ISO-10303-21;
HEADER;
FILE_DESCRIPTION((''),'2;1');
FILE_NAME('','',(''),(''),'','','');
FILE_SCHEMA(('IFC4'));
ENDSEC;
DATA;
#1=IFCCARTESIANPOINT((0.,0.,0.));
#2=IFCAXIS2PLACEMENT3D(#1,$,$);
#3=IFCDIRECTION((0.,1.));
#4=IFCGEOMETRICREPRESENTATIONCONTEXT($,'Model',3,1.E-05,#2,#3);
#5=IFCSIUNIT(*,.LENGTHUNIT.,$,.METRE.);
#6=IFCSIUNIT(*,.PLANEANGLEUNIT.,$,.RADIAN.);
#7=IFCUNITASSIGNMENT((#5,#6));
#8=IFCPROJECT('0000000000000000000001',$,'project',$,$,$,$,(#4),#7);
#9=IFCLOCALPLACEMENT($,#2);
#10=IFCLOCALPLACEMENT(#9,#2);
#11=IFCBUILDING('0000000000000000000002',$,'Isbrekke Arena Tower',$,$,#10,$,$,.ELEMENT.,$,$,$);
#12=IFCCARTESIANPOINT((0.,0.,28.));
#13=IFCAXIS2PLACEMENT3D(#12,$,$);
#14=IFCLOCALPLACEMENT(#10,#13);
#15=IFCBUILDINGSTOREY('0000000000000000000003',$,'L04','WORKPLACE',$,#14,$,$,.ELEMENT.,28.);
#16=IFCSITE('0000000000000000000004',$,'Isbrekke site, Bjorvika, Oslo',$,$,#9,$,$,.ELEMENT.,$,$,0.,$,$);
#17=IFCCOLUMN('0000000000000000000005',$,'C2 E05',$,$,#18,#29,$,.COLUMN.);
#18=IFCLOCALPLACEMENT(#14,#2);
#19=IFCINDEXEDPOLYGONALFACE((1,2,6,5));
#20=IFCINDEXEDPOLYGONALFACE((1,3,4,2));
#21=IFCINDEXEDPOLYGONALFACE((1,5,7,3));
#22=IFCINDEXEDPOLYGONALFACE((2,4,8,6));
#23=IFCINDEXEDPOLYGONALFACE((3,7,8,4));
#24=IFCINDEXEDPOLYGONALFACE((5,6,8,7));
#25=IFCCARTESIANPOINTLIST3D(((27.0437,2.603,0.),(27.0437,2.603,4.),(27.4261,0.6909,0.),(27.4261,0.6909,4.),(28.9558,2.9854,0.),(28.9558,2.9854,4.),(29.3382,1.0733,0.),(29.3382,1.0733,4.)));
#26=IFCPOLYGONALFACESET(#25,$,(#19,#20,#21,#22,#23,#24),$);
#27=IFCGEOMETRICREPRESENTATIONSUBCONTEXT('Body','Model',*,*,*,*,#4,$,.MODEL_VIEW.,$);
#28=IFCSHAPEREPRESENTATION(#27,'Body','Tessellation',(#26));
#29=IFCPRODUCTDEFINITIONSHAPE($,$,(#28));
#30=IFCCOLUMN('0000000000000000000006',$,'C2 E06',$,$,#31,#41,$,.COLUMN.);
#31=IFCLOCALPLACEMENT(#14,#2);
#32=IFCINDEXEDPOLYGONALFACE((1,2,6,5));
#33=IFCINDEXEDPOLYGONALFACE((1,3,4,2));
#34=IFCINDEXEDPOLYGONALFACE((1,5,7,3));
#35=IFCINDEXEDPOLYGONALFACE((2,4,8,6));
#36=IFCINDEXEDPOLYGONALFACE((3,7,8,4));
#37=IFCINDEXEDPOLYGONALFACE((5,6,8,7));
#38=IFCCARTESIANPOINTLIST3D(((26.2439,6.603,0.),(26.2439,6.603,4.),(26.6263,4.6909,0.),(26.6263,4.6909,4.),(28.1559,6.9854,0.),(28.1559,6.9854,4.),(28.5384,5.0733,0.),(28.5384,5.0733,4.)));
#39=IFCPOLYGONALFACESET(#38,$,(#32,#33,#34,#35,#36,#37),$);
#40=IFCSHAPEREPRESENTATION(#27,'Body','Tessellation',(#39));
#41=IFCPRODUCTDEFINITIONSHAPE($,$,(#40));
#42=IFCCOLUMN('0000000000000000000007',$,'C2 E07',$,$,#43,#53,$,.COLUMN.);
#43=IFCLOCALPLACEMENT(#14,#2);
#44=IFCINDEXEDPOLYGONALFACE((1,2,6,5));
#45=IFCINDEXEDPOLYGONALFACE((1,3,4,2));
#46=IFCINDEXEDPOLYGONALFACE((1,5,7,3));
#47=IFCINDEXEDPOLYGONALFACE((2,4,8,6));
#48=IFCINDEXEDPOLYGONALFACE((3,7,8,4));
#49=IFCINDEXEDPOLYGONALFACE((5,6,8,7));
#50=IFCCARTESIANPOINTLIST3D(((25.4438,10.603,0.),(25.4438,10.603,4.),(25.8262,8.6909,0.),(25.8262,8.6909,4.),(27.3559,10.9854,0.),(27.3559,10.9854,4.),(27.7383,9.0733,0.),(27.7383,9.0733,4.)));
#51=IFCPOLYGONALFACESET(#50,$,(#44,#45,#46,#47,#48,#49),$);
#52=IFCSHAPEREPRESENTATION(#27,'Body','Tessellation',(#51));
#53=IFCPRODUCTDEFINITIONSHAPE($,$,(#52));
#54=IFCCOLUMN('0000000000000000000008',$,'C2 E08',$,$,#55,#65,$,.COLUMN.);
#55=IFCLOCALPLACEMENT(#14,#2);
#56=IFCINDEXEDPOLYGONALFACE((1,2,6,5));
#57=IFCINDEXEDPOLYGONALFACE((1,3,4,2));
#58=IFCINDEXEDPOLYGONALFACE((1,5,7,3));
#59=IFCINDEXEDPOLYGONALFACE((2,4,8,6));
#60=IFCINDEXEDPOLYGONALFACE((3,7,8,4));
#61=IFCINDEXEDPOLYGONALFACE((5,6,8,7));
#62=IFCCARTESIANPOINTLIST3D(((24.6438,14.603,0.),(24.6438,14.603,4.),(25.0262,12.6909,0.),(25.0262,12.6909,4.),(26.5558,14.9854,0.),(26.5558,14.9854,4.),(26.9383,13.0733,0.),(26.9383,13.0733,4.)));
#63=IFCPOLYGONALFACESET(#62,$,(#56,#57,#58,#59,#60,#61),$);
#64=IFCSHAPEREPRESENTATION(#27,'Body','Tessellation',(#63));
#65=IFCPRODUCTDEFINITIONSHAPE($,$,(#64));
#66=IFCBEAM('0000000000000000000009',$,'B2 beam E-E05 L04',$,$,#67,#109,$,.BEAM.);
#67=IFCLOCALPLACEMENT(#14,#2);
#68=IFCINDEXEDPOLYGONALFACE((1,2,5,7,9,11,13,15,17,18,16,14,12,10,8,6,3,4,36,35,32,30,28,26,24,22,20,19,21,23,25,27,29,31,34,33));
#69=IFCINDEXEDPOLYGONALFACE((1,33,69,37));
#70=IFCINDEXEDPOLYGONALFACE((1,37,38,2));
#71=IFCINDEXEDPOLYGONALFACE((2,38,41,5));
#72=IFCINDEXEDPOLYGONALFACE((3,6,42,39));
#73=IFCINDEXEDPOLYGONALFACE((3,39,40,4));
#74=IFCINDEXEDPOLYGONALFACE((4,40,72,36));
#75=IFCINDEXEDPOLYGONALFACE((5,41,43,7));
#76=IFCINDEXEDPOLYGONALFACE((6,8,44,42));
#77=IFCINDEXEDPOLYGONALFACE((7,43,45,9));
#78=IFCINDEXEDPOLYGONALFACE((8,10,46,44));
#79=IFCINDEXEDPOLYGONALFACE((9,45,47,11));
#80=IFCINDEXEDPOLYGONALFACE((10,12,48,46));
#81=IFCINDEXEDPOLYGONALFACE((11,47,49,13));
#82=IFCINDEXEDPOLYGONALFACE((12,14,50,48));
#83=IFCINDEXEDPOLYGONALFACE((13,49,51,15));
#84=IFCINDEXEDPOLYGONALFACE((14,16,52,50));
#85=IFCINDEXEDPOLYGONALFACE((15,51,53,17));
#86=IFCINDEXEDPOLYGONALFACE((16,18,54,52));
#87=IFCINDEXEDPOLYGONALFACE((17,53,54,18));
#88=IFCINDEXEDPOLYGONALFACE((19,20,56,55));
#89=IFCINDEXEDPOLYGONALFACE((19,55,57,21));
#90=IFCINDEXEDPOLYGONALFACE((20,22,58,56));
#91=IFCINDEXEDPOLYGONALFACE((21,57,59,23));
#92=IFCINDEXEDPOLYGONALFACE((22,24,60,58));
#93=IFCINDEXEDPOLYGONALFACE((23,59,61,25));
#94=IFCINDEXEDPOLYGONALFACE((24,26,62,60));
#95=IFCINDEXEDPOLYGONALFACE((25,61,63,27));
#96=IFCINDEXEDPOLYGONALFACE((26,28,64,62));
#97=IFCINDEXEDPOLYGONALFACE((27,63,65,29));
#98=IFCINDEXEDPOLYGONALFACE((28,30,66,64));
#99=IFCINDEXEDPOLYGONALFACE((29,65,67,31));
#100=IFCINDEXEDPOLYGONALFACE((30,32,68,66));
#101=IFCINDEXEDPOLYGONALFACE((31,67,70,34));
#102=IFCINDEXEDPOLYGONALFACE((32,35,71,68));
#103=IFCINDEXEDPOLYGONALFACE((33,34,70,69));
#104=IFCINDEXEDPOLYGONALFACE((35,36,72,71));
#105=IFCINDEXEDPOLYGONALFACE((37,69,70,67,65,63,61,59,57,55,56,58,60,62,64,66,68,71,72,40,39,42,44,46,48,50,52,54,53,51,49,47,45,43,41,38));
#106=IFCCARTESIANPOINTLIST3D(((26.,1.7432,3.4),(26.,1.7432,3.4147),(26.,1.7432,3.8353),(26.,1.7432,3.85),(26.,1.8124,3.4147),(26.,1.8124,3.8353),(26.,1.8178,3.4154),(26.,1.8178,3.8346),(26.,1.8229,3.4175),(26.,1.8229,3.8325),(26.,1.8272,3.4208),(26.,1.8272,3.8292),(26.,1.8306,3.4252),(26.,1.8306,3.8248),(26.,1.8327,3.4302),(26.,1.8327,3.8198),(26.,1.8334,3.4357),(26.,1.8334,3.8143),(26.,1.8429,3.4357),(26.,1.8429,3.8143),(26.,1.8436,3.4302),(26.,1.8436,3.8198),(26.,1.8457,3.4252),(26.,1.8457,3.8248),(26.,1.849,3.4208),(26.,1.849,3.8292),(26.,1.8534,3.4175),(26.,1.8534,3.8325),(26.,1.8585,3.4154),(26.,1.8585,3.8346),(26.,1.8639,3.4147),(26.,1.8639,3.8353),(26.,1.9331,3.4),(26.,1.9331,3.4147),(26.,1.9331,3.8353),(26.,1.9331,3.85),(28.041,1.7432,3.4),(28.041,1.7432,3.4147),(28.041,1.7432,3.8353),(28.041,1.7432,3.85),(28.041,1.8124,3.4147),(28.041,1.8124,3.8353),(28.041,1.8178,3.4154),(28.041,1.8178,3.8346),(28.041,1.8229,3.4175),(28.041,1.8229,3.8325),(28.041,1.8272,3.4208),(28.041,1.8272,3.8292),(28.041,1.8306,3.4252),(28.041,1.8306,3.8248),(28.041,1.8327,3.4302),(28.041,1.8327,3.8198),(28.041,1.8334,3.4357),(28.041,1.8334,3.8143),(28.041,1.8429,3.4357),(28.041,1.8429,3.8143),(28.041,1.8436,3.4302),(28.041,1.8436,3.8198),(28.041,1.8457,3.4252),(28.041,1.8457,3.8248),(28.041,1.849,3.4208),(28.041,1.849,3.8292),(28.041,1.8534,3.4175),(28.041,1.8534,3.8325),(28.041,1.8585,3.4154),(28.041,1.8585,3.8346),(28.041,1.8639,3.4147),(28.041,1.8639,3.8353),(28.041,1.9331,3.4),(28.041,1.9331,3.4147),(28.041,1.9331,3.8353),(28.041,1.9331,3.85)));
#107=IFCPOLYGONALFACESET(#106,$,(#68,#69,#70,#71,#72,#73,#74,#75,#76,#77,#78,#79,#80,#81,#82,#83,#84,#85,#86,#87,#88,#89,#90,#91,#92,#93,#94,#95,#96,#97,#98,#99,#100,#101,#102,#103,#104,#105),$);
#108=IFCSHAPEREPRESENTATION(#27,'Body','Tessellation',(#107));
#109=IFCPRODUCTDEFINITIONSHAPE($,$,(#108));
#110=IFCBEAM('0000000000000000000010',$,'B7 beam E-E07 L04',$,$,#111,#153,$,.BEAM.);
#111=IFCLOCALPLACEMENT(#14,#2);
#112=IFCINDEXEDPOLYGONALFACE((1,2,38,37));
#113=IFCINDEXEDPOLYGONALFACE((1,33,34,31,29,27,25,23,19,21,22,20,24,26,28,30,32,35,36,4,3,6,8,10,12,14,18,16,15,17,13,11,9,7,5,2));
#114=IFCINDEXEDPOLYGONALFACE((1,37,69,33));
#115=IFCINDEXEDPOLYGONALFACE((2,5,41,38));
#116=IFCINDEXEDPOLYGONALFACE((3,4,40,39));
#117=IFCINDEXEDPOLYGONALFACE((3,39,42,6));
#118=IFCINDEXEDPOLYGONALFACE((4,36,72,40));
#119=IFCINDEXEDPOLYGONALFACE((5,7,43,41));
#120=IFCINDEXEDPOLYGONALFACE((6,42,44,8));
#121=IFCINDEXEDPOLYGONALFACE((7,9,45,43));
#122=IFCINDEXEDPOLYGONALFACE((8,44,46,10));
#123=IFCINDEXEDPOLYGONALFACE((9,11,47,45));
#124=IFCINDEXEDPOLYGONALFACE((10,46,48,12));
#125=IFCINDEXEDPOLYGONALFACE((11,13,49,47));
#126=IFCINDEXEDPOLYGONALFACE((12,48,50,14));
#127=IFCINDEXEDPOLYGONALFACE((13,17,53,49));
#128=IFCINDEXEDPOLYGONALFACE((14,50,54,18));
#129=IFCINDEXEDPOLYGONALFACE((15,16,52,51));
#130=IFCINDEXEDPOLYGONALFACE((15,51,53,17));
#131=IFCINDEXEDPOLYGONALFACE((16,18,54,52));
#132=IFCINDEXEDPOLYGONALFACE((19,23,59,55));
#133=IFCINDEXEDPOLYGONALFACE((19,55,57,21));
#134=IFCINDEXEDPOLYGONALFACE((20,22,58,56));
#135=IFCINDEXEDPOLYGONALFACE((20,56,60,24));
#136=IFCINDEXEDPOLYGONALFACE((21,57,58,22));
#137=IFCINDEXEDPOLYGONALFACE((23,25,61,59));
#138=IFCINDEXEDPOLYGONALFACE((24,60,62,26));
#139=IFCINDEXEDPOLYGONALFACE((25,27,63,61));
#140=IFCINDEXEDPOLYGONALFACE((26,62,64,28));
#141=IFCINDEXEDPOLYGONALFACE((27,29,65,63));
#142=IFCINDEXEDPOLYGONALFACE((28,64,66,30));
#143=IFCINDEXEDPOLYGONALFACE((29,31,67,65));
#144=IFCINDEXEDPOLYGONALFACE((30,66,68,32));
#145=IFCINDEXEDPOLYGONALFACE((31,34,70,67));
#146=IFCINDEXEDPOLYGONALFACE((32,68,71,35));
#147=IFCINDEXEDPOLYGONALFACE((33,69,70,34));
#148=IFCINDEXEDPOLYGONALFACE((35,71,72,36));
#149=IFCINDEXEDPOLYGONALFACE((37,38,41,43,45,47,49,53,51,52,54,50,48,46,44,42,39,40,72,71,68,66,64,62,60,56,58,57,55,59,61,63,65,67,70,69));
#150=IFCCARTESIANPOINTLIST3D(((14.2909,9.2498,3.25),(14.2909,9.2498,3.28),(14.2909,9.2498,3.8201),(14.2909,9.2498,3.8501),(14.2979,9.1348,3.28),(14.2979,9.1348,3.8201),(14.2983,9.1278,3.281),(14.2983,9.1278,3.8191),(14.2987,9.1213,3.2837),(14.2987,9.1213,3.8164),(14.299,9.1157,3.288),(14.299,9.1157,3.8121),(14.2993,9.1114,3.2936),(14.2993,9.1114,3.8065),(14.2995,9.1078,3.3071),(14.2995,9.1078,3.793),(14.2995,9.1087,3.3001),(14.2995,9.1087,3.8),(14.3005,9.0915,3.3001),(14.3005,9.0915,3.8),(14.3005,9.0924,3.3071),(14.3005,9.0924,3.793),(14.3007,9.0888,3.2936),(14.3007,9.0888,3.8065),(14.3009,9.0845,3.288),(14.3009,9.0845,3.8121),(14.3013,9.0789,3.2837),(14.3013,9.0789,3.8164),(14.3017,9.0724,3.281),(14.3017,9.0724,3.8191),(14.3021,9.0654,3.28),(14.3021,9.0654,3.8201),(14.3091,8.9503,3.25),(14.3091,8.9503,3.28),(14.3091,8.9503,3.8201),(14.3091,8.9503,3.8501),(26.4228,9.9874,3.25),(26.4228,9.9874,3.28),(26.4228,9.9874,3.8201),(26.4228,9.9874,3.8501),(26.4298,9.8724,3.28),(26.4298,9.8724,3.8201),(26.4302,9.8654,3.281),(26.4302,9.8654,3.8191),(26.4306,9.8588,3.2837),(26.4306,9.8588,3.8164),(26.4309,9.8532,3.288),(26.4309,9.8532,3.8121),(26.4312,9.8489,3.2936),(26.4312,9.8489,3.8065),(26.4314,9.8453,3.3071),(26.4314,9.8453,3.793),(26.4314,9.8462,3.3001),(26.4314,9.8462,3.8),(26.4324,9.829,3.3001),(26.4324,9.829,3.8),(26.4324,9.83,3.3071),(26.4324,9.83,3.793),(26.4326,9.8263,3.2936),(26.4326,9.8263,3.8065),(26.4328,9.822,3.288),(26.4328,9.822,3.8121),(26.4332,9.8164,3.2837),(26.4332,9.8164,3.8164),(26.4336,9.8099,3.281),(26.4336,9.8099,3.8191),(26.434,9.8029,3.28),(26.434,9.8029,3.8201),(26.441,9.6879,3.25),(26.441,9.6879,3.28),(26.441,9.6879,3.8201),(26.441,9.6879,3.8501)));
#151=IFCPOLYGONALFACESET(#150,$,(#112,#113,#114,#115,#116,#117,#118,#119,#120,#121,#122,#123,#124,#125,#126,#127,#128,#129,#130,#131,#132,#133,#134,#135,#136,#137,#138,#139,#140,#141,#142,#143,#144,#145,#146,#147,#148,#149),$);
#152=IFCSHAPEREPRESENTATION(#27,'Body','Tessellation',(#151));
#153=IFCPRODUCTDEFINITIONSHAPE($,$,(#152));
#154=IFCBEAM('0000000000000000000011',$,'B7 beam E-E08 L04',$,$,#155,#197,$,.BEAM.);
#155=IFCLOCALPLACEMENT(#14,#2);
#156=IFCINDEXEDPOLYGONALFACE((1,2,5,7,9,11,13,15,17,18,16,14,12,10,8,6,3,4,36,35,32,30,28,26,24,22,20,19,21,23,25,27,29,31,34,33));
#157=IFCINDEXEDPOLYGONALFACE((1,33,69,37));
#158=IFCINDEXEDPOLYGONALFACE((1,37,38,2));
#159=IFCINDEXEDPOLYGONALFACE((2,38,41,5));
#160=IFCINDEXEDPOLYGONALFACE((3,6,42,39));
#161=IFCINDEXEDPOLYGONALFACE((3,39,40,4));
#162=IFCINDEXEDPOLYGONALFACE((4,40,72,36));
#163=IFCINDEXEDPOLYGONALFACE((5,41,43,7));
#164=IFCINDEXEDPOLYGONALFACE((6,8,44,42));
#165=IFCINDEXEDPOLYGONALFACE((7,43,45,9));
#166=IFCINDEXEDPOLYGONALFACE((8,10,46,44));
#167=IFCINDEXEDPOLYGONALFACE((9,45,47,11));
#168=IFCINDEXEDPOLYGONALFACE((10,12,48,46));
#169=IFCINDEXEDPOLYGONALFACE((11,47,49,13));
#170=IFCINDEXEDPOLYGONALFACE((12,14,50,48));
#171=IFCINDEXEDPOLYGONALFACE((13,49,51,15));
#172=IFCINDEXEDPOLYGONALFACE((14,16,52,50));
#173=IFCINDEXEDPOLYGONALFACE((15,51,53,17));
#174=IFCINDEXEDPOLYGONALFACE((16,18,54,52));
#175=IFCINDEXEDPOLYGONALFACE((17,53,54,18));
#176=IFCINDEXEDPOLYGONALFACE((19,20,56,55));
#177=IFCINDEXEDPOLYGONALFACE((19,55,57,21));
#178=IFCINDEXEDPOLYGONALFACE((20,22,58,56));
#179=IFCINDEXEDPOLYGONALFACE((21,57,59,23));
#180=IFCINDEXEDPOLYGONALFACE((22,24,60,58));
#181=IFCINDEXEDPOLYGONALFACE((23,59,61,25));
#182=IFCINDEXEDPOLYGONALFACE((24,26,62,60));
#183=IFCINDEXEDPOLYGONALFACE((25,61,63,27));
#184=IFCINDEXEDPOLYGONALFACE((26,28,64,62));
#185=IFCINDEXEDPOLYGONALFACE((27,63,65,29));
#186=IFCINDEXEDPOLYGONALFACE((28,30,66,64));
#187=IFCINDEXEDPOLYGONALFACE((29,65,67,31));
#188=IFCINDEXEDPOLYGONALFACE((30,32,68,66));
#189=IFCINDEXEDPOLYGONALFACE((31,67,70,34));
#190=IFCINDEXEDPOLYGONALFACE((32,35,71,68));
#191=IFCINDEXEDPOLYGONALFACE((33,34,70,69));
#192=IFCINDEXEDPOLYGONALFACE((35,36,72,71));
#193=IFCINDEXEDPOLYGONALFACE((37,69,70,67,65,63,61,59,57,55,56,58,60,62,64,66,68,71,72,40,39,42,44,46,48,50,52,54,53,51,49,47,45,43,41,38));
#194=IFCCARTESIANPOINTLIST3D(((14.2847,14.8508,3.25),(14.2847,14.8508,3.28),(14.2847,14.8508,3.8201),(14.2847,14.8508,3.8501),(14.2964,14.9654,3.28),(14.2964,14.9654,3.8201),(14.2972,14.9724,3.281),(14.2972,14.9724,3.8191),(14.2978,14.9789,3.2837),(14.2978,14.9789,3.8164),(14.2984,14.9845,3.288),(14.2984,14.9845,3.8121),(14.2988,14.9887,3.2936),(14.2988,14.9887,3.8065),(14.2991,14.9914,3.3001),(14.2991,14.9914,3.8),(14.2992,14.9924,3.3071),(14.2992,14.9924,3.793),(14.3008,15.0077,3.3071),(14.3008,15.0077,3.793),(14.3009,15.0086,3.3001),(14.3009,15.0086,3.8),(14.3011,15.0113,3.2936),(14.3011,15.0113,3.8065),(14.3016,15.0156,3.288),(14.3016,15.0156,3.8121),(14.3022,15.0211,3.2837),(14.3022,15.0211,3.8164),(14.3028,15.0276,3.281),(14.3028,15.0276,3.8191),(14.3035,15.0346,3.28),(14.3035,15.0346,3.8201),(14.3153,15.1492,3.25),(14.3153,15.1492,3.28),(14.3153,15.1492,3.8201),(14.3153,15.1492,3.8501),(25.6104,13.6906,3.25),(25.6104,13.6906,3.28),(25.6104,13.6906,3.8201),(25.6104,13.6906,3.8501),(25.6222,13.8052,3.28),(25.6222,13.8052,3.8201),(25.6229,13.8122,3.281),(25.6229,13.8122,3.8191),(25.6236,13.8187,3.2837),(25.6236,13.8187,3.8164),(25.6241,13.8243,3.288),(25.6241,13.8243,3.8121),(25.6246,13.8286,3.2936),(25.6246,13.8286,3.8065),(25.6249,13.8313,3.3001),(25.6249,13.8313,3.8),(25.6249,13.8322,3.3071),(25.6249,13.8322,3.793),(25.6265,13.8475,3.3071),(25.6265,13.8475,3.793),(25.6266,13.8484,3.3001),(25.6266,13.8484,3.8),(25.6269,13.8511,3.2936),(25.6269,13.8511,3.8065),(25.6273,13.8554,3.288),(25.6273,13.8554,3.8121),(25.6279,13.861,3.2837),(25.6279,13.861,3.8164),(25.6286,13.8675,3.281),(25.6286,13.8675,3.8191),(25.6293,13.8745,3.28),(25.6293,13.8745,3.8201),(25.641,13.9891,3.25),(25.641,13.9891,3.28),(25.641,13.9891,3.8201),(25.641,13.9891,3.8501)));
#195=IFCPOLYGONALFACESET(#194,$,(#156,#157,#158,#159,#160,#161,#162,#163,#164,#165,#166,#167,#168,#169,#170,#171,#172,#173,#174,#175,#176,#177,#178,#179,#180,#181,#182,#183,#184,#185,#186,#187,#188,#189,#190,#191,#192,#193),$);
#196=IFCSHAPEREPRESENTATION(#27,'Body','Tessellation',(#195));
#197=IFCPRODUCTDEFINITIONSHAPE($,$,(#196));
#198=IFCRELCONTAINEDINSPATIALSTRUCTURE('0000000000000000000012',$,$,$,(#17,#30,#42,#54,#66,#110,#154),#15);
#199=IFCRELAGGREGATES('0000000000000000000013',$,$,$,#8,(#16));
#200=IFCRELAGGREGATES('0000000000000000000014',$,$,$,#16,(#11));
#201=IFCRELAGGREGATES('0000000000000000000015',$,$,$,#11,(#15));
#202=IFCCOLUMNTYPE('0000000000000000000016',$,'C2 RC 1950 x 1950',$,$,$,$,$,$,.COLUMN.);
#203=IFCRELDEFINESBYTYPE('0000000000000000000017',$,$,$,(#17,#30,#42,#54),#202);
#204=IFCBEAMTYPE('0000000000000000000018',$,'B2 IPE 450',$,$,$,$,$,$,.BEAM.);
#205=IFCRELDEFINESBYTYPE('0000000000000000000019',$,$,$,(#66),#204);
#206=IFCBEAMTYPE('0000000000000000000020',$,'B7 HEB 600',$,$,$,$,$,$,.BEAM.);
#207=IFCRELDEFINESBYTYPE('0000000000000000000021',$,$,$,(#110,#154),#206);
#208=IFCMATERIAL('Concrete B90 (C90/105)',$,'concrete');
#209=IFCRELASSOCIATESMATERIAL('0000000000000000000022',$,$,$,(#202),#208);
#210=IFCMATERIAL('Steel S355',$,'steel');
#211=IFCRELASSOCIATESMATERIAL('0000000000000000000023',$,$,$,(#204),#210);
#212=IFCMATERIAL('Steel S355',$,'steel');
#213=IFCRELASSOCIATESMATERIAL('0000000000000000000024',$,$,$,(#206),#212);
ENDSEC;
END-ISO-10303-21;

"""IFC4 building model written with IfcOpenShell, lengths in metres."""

from ifc_helpers import new_model, si_unit, direction, frame, origin, origin_2d, place, context, subcontext, project, spatial, rectangle, i_section, extrude, material, material_profile, profile_set, type_object, element, save


model = new_model("IFC4")

# Units and contexts
model_context = context("Model", 3, precision=1e-05, world=origin(), true_north=direction((0.0, 1.0)))
body_context = subcontext(model_context, "Body", "Model", "MODEL_VIEW")
ifc_project = project(units=[si_unit("LENGTHUNIT", "METRE"), si_unit("PLANEANGLEUNIT", "RADIAN")], contexts=[model_context])

# Site, building, storey
site_placement = place(None, origin())
site = spatial("IfcSite", under=ifc_project, at=site_placement, Name="Isbrekke site, Bjorvika, Oslo", CompositionType="ELEMENT", RefElevation=0.0)
building_placement = place(site_placement, origin())
building = spatial("IfcBuilding", under=site, at=building_placement, Name="Isbrekke Arena Tower", CompositionType="ELEMENT")
storey_placement = place(building_placement, frame((0.0, 0.0, 28.0)))
storey = spatial("IfcBuildingStorey", under=building, at=storey_placement, Name="L04", Description="WORKPLACE", CompositionType="ELEMENT", Elevation=28.0)

# Columns
ifc_material_1 = material(Name="Concrete B90 (C90/105)", Category="concrete")
ifc_material_profile_1 = material_profile(ifc_material_1, rectangle(XDim=1.95, YDim=1.95, at=origin_2d()), Name="RC 1950x1950")
ifc_profile_set_1 = profile_set([ifc_material_profile_1], Name="Concrete B90 (C90/105)")
column_type = type_object("IfcColumnType", Name="C2 RC 1950 x 1950", PredefinedType="COLUMN", material=ifc_profile_set_1)
for number, where, z_axis, x_axis, name in (
    (1, (28.1909, 1.8381, 0.0), (0.0, 0.0, 1.0), (-0.196116, 0.980581, 0.0), "C2 E05"),
    (2, (27.3911, 5.8381, 0.0), (0.0, 0.0, 1.0), (-0.196116, 0.980581, 0.0), "C2 E06"),
    (3, (26.5911, 9.8381, 0.0), (0.0, 0.0, 1.0), (-0.196116, 0.980581, 0.0), "C2 E07"),
    (4, (25.791, 13.8381, 0.0), (0.0, 0.0, 1.0), (-0.196116, 0.980581, 0.0), "C2 E08"),
):
    element("IfcColumn", number, at=place(storey_placement, frame(where, z_axis=z_axis, x_axis=x_axis)), inside=storey, type_object=column_type, Name=name, PredefinedType="COLUMN", context=body_context, shape_type="SweptSolid", body=[
        extrude(rectangle(XDim=1.95, YDim=1.95, at=origin_2d()), origin(), (0.0, 0.0, 1.0), 4.0),
    ])

# Beams
ifc_material_2 = material(Name="Steel S355", Category="steel")
ifc_material_profile_2 = material_profile(ifc_material_2, i_section(OverallWidth=0.1899, OverallDepth=0.45, WebThickness=0.0095, FlangeThickness=0.0146, FilletRadius=0.021, at=origin_2d()), Name="IPE 450")
ifc_profile_set_2 = profile_set([ifc_material_profile_2], Name="Steel S355")
beam_type_1 = type_object("IfcBeamType", Name="B2 IPE 450", PredefinedType="BEAM", material=ifc_profile_set_2)
beam_1_placement = place(storey_placement, frame((28.041, 1.8381, 3.625), z_axis=(-1.0, 0.0, 0.0), x_axis=(0.0, -1.0, 0.0)))
element("IfcBeam", 5, at=beam_1_placement, inside=storey, type_object=beam_type_1, Name="B2 beam E-E05 L04", PredefinedType="BEAM", context=body_context, shape_type="SweptSolid", body=[
    extrude(i_section(OverallWidth=0.1899, OverallDepth=0.45, WebThickness=0.0095, FlangeThickness=0.0146, FilletRadius=0.021, at=origin_2d()), origin(), (0.0, 0.0, 1.0), 2.041),
])
ifc_material_3 = material(Name="Steel S355", Category="steel")
ifc_material_profile_3 = material_profile(ifc_material_3, i_section(OverallWidth=0.3, OverallDepth=0.6001, WebThickness=0.0154, FlangeThickness=0.03, FilletRadius=0.0271, at=origin_2d()), Name="HEB 600")
ifc_profile_set_3 = profile_set([ifc_material_profile_3], Name="Steel S355")
beam_type_2 = type_object("IfcBeamType", Name="B7 HEB 600", PredefinedType="BEAM", material=ifc_profile_set_3)
beam_2_placement = place(storey_placement, frame((26.4319, 9.8376, 3.55), z_axis=(-0.998157, -0.060682, 0.0), x_axis=(0.060682, -0.998157, 0.0)))
element("IfcBeam", 6, at=beam_2_placement, inside=storey, type_object=beam_type_2, Name="B7 beam E-E07 L04", PredefinedType="BEAM", context=body_context, shape_type="SweptSolid", body=[
    extrude(i_section(OverallWidth=0.3, OverallDepth=0.6001, WebThickness=0.0154, FlangeThickness=0.03, FilletRadius=0.0271, at=origin_2d()), origin(), (0.0, 0.0, 1.0), 12.1543),
])
beam_3_placement = place(storey_placement, frame((25.6257, 13.8398, 3.55), z_axis=(-0.994794, 0.101903, 0.0), x_axis=(-0.101903, -0.994794, 0.0)))
element("IfcBeam", 7, at=beam_3_placement, inside=storey, type_object=beam_type_2, Name="B7 beam E-E08 L04", PredefinedType="BEAM", context=body_context, shape_type="SweptSolid", body=[
    extrude(i_section(OverallWidth=0.3, OverallDepth=0.6001, WebThickness=0.0154, FlangeThickness=0.03, FilletRadius=0.0271, at=origin_2d()), origin(), (0.0, 0.0, 1.0), 11.385),
])

save(model, "model.ifc")
